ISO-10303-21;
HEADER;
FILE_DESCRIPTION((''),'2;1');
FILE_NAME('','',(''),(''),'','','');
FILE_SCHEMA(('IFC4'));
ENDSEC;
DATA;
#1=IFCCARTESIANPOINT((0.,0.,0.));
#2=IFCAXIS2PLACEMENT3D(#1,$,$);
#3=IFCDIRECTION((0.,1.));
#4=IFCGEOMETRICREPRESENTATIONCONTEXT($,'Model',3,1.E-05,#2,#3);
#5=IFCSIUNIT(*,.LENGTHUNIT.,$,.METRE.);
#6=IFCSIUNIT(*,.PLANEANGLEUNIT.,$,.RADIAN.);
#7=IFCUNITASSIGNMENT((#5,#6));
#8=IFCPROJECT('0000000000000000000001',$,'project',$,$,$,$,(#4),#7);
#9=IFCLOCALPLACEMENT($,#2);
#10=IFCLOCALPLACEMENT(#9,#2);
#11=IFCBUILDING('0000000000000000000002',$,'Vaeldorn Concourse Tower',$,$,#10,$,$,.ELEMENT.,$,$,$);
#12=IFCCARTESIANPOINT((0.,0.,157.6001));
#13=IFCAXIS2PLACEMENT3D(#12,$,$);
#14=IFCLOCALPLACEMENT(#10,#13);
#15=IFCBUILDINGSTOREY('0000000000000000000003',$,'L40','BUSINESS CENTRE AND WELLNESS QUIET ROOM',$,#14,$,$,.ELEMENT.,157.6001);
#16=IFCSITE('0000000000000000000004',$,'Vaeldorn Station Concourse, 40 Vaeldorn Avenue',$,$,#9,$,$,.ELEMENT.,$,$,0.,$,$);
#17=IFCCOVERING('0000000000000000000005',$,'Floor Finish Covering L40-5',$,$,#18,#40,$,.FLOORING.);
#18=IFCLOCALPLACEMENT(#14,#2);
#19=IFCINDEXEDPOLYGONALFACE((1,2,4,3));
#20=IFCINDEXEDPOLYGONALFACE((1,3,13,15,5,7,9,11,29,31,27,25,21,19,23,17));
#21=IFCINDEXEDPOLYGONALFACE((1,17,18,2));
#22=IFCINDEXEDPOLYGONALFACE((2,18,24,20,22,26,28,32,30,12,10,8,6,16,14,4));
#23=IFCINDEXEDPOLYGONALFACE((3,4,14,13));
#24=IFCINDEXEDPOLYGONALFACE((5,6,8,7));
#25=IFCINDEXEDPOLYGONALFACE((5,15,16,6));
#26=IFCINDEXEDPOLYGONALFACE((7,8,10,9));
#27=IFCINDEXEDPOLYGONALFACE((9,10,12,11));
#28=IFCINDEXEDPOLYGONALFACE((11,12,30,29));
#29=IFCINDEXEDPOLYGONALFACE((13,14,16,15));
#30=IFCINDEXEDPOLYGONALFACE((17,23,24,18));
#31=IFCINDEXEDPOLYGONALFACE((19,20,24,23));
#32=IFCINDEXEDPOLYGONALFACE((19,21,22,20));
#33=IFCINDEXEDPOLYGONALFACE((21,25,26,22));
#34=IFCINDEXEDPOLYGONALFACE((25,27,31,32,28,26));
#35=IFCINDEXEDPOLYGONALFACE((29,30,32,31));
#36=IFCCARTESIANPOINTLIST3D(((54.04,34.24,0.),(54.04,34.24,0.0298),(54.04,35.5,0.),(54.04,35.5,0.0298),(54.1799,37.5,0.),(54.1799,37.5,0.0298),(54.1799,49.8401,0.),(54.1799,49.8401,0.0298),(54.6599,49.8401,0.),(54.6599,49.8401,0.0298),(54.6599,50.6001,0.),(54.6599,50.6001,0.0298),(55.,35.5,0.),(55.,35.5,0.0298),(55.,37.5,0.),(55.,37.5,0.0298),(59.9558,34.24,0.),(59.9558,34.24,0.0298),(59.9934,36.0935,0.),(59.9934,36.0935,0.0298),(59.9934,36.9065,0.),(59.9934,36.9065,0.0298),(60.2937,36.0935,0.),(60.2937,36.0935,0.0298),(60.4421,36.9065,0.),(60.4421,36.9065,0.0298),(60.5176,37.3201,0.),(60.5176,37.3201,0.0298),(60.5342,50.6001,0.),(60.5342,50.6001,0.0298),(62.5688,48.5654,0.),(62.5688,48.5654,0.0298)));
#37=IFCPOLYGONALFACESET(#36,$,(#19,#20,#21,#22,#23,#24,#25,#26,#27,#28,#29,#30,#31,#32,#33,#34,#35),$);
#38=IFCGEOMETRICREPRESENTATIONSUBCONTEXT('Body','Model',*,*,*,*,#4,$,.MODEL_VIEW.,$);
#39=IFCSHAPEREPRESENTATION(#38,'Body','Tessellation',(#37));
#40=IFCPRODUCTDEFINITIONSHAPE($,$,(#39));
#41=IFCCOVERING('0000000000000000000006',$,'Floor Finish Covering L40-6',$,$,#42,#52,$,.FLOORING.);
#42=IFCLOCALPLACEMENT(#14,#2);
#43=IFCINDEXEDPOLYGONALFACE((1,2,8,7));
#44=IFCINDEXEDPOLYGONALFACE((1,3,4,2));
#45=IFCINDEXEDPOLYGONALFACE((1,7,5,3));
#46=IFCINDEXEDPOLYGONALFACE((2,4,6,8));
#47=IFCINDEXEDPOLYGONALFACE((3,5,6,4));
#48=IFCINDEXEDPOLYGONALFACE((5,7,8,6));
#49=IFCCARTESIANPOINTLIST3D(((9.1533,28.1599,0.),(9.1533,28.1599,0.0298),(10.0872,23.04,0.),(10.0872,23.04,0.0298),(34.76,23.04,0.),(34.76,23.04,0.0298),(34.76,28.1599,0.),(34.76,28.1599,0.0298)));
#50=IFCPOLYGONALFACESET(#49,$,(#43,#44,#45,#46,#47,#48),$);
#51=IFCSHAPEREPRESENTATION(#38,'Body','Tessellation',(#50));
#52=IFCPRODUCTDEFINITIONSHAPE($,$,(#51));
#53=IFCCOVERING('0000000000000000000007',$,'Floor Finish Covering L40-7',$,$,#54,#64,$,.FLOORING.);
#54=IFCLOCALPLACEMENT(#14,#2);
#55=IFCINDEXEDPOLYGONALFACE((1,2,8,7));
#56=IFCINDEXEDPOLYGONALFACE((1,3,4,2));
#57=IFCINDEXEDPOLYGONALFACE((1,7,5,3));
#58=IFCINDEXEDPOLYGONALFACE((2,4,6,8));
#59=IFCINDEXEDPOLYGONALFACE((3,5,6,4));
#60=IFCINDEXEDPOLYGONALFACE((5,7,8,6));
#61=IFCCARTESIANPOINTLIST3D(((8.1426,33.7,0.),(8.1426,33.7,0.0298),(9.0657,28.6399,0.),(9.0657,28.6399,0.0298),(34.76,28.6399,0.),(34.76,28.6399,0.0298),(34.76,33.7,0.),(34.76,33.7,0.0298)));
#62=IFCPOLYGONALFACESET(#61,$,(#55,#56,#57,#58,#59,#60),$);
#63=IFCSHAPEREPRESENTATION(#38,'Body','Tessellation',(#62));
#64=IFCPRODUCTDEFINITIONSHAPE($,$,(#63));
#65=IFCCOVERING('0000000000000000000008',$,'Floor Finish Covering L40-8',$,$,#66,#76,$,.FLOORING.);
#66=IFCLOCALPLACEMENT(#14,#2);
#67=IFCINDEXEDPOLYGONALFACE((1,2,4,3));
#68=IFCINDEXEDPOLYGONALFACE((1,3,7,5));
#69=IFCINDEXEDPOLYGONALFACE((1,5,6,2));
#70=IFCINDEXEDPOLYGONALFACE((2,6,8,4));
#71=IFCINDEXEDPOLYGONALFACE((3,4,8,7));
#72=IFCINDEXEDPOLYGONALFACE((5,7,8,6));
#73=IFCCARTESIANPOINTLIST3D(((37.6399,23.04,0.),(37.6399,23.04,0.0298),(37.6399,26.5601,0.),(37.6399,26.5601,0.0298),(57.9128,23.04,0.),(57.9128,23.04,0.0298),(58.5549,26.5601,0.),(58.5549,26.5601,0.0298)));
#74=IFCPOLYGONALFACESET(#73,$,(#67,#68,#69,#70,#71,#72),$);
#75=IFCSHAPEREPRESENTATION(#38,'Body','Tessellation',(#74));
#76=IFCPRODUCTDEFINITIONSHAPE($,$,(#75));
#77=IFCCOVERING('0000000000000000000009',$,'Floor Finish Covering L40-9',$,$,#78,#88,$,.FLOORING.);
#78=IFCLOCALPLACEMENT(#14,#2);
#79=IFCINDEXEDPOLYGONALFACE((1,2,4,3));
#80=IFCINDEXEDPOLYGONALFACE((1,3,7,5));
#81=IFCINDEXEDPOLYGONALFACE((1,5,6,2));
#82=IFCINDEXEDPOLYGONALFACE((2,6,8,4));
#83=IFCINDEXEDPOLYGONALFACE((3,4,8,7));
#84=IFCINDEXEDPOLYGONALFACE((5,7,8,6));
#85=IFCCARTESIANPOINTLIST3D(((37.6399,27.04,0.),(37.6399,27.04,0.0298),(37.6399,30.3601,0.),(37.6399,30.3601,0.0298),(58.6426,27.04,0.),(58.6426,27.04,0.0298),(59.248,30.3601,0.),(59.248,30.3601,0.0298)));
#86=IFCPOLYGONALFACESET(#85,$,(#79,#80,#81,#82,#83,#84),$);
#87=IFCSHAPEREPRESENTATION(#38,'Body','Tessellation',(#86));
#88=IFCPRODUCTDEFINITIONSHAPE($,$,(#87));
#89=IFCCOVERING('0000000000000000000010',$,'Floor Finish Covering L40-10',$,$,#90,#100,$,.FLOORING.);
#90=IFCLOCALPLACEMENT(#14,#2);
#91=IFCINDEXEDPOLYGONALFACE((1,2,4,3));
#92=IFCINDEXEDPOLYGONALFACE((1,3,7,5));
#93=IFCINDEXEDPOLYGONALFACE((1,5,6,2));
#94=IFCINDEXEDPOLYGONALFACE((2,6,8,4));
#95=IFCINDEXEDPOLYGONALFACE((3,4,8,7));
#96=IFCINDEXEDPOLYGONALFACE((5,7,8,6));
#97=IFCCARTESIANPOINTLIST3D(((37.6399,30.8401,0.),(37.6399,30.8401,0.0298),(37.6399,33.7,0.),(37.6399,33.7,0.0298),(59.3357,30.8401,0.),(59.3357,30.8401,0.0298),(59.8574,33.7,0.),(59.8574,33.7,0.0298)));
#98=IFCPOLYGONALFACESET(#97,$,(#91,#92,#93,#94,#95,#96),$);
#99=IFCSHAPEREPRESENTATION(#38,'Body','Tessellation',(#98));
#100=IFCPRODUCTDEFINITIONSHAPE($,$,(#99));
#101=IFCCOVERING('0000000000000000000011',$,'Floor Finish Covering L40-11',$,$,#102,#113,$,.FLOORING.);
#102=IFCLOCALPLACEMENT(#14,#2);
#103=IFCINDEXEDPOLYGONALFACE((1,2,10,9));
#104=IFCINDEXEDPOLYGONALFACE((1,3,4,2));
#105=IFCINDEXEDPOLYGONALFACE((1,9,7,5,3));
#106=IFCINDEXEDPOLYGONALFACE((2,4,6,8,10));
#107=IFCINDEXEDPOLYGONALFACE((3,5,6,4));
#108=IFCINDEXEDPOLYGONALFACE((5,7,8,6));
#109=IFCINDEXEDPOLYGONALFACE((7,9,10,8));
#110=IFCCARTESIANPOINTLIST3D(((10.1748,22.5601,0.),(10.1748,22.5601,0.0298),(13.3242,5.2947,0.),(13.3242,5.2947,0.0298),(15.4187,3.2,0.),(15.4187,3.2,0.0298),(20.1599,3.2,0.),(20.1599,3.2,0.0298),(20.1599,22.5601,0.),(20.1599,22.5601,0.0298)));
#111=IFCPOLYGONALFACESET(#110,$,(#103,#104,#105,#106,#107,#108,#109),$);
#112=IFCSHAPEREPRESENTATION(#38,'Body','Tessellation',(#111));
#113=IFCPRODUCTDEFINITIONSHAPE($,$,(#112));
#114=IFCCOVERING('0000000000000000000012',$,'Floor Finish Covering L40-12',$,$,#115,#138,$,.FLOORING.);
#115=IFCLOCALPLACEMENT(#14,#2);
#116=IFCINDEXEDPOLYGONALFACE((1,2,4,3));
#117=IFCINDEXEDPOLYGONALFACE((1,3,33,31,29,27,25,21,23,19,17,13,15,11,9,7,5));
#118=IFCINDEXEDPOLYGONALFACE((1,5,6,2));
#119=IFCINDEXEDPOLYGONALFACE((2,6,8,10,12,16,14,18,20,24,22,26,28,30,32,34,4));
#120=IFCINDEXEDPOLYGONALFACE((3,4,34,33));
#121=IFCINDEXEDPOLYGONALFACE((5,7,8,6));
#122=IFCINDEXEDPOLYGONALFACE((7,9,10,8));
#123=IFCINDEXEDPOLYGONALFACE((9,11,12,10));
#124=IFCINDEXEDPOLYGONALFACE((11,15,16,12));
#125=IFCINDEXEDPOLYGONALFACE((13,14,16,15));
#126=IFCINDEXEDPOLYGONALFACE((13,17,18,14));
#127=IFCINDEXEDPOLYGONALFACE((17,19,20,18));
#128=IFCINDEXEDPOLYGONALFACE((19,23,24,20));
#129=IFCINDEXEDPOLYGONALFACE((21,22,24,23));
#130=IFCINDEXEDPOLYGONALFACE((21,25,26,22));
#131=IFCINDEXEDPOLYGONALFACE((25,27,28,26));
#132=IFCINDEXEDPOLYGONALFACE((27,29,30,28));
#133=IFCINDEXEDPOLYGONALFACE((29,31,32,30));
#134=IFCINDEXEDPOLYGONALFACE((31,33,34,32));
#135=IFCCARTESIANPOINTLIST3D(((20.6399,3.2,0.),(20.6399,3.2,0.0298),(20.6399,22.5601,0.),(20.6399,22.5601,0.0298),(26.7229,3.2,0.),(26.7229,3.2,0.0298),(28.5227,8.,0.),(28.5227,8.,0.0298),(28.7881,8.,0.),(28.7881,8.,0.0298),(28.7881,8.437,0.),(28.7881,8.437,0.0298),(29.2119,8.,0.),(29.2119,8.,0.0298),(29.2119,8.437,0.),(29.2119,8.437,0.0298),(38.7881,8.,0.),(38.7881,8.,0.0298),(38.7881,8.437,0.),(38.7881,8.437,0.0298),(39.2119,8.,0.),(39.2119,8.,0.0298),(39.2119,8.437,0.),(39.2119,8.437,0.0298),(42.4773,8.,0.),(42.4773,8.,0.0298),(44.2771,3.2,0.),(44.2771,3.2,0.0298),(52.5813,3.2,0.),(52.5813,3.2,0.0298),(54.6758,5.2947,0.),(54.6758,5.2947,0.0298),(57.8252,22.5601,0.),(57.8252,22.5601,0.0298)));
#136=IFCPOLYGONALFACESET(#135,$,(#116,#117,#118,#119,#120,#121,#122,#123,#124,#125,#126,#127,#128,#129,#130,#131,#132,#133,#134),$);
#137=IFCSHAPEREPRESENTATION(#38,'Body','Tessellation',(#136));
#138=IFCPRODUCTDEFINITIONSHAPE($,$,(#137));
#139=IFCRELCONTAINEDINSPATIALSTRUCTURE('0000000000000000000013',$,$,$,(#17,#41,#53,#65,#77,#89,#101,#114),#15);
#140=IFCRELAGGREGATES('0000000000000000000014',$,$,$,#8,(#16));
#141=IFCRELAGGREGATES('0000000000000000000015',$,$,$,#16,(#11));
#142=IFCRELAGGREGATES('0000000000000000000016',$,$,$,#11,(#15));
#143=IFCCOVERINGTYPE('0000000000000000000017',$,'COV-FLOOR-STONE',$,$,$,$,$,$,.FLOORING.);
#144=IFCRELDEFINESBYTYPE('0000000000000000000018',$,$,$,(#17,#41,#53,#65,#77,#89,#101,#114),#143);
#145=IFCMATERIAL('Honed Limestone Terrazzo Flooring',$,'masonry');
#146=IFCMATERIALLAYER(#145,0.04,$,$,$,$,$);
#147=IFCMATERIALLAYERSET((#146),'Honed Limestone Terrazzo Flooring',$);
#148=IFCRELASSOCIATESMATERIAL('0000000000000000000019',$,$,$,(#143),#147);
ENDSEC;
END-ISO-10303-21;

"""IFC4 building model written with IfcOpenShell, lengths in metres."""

from ifc_helpers import new_model, si_unit, direction, frame, origin, place, context, subcontext, project, spatial, polyline, outline, extrude, material, layer, layer_set, type_object, element, save


model = new_model("IFC4")

# Units and contexts
model_context = context("Model", 3, precision=1e-05, world=origin(), true_north=direction((0.0, 1.0)))
body_context = subcontext(model_context, "Body", "Model", "MODEL_VIEW")
ifc_project = project(units=[si_unit("LENGTHUNIT", "METRE"), si_unit("PLANEANGLEUNIT", "RADIAN")], contexts=[model_context])

# Site, building, storey
site_placement = place(None, origin())
site = spatial("IfcSite", under=ifc_project, at=site_placement, Name="Vaeldorn Station Concourse, 40 Vaeldorn Avenue", CompositionType="ELEMENT", RefElevation=0.0)
building_placement = place(site_placement, origin())
building = spatial("IfcBuilding", under=site, at=building_placement, Name="Vaeldorn Concourse Tower", CompositionType="ELEMENT")
storey_placement = place(building_placement, frame((0.0, 0.0, 157.6001)))
storey = spatial("IfcBuildingStorey", under=building, at=storey_placement, Name="L40", Description="BUSINESS CENTRE AND WELLNESS QUIET ROOM", CompositionType="ELEMENT", Elevation=157.6001)

# Coverings
ifc_material_1 = material(Name="Honed Limestone Terrazzo Flooring", Category="masonry")
ifc_layer_1 = layer(ifc_material_1, 0.04)
ifc_layer_set_1 = layer_set([ifc_layer_1], Name="Honed Limestone Terrazzo Flooring")
covering_type_1 = type_object("IfcCoveringType", Name="COV-FLOOR-STONE", PredefinedType="FLOORING", material=ifc_layer_set_1)
covering_1_placement = place(storey_placement, origin())
element("IfcCovering", 1, at=covering_1_placement, inside=storey, type_object=covering_type_1, Name="Floor Finish Covering L40-5", PredefinedType="FLOORING", context=body_context, shape_type="SweptSolid", body=[
    extrude(outline(polyline([(54.1799, 49.8401), (54.6599, 49.8401), (54.6599, 50.6001), (60.5342, 50.6001), (62.5688, 48.5654), (60.5176, 37.3201), (60.5176, 37.3201), (60.4421, 36.9065), (59.9934, 36.9065), (59.9934, 36.0935), (60.2937, 36.0935), (59.9558, 34.24), (54.04, 34.24), (54.04, 35.5), (55.0, 35.5), (55.0, 37.5), (54.1799, 37.5), (54.1799, 49.8401)])), origin(), (0.0, 0.0, 1.0), 0.0298),
])
covering_2_placement = place(storey_placement, origin())
element("IfcCovering", 2, at=covering_2_placement, inside=storey, type_object=covering_type_1, Name="Floor Finish Covering L40-6", PredefinedType="FLOORING", context=body_context, shape_type="SweptSolid", body=[
    extrude(outline(polyline([(34.76, 28.1599), (34.76, 23.04), (10.0872, 23.04), (9.1533, 28.1599), (34.76, 28.1599)])), origin(), (0.0, 0.0, 1.0), 0.0298),
])
covering_3_placement = place(storey_placement, origin())
element("IfcCovering", 3, at=covering_3_placement, inside=storey, type_object=covering_type_1, Name="Floor Finish Covering L40-7", PredefinedType="FLOORING", context=body_context, shape_type="SweptSolid", body=[
    extrude(outline(polyline([(34.76, 33.7), (34.76, 28.6399), (9.0657, 28.6399), (8.1426, 33.7), (34.76, 33.7)])), origin(), (0.0, 0.0, 1.0), 0.0298),
])
covering_4_placement = place(storey_placement, origin())
element("IfcCovering", 4, at=covering_4_placement, inside=storey, type_object=covering_type_1, Name="Floor Finish Covering L40-8", PredefinedType="FLOORING", context=body_context, shape_type="SweptSolid", body=[
    extrude(outline(polyline([(37.6399, 23.04), (37.6399, 26.5601), (58.5549, 26.5601), (57.9128, 23.04), (37.6399, 23.04)])), origin(), (0.0, 0.0, 1.0), 0.0298),
])
covering_5_placement = place(storey_placement, origin())
element("IfcCovering", 5, at=covering_5_placement, inside=storey, type_object=covering_type_1, Name="Floor Finish Covering L40-9", PredefinedType="FLOORING", context=body_context, shape_type="SweptSolid", body=[
    extrude(outline(polyline([(37.6399, 30.3601), (59.248, 30.3601), (58.6426, 27.04), (37.6399, 27.04), (37.6399, 30.3601)])), origin(), (0.0, 0.0, 1.0), 0.0298),
])
covering_6_placement = place(storey_placement, origin())
element("IfcCovering", 6, at=covering_6_placement, inside=storey, type_object=covering_type_1, Name="Floor Finish Covering L40-10", PredefinedType="FLOORING", context=body_context, shape_type="SweptSolid", body=[
    extrude(outline(polyline([(37.6399, 30.8401), (37.6399, 33.7), (59.8574, 33.7), (59.3357, 30.8401), (37.6399, 30.8401)])), origin(), (0.0, 0.0, 1.0), 0.0298),
])
covering_7_placement = place(storey_placement, origin())
element("IfcCovering", 7, at=covering_7_placement, inside=storey, type_object=covering_type_1, Name="Floor Finish Covering L40-11", PredefinedType="FLOORING", context=body_context, shape_type="SweptSolid", body=[
    extrude(outline(polyline([(20.1599, 22.5601), (20.1599, 3.2), (15.4187, 3.2), (13.3242, 5.2947), (10.1748, 22.5601), (20.1599, 22.5601)])), origin(), (0.0, 0.0, 1.0), 0.0298),
])
covering_8_placement = place(storey_placement, origin())
element("IfcCovering", 8, at=covering_8_placement, inside=storey, type_object=covering_type_1, Name="Floor Finish Covering L40-12", PredefinedType="FLOORING", context=body_context, shape_type="SweptSolid", body=[
    extrude(outline(polyline([(26.7229, 3.2), (20.6399, 3.2), (20.6399, 22.5601), (57.8252, 22.5601), (54.6758, 5.2947), (52.5813, 3.2), (44.2771, 3.2), (42.4773, 8.0), (39.2119, 8.0), (39.2119, 8.437), (38.7881, 8.437), (38.7881, 8.0), (29.2119, 8.0), (29.2119, 8.437), (28.7881, 8.437), (28.7881, 8.0), (28.5227, 8.0), (26.7229, 3.2)])), origin(), (0.0, 0.0, 1.0), 0.0298),
])

save(model, "model.ifc")
